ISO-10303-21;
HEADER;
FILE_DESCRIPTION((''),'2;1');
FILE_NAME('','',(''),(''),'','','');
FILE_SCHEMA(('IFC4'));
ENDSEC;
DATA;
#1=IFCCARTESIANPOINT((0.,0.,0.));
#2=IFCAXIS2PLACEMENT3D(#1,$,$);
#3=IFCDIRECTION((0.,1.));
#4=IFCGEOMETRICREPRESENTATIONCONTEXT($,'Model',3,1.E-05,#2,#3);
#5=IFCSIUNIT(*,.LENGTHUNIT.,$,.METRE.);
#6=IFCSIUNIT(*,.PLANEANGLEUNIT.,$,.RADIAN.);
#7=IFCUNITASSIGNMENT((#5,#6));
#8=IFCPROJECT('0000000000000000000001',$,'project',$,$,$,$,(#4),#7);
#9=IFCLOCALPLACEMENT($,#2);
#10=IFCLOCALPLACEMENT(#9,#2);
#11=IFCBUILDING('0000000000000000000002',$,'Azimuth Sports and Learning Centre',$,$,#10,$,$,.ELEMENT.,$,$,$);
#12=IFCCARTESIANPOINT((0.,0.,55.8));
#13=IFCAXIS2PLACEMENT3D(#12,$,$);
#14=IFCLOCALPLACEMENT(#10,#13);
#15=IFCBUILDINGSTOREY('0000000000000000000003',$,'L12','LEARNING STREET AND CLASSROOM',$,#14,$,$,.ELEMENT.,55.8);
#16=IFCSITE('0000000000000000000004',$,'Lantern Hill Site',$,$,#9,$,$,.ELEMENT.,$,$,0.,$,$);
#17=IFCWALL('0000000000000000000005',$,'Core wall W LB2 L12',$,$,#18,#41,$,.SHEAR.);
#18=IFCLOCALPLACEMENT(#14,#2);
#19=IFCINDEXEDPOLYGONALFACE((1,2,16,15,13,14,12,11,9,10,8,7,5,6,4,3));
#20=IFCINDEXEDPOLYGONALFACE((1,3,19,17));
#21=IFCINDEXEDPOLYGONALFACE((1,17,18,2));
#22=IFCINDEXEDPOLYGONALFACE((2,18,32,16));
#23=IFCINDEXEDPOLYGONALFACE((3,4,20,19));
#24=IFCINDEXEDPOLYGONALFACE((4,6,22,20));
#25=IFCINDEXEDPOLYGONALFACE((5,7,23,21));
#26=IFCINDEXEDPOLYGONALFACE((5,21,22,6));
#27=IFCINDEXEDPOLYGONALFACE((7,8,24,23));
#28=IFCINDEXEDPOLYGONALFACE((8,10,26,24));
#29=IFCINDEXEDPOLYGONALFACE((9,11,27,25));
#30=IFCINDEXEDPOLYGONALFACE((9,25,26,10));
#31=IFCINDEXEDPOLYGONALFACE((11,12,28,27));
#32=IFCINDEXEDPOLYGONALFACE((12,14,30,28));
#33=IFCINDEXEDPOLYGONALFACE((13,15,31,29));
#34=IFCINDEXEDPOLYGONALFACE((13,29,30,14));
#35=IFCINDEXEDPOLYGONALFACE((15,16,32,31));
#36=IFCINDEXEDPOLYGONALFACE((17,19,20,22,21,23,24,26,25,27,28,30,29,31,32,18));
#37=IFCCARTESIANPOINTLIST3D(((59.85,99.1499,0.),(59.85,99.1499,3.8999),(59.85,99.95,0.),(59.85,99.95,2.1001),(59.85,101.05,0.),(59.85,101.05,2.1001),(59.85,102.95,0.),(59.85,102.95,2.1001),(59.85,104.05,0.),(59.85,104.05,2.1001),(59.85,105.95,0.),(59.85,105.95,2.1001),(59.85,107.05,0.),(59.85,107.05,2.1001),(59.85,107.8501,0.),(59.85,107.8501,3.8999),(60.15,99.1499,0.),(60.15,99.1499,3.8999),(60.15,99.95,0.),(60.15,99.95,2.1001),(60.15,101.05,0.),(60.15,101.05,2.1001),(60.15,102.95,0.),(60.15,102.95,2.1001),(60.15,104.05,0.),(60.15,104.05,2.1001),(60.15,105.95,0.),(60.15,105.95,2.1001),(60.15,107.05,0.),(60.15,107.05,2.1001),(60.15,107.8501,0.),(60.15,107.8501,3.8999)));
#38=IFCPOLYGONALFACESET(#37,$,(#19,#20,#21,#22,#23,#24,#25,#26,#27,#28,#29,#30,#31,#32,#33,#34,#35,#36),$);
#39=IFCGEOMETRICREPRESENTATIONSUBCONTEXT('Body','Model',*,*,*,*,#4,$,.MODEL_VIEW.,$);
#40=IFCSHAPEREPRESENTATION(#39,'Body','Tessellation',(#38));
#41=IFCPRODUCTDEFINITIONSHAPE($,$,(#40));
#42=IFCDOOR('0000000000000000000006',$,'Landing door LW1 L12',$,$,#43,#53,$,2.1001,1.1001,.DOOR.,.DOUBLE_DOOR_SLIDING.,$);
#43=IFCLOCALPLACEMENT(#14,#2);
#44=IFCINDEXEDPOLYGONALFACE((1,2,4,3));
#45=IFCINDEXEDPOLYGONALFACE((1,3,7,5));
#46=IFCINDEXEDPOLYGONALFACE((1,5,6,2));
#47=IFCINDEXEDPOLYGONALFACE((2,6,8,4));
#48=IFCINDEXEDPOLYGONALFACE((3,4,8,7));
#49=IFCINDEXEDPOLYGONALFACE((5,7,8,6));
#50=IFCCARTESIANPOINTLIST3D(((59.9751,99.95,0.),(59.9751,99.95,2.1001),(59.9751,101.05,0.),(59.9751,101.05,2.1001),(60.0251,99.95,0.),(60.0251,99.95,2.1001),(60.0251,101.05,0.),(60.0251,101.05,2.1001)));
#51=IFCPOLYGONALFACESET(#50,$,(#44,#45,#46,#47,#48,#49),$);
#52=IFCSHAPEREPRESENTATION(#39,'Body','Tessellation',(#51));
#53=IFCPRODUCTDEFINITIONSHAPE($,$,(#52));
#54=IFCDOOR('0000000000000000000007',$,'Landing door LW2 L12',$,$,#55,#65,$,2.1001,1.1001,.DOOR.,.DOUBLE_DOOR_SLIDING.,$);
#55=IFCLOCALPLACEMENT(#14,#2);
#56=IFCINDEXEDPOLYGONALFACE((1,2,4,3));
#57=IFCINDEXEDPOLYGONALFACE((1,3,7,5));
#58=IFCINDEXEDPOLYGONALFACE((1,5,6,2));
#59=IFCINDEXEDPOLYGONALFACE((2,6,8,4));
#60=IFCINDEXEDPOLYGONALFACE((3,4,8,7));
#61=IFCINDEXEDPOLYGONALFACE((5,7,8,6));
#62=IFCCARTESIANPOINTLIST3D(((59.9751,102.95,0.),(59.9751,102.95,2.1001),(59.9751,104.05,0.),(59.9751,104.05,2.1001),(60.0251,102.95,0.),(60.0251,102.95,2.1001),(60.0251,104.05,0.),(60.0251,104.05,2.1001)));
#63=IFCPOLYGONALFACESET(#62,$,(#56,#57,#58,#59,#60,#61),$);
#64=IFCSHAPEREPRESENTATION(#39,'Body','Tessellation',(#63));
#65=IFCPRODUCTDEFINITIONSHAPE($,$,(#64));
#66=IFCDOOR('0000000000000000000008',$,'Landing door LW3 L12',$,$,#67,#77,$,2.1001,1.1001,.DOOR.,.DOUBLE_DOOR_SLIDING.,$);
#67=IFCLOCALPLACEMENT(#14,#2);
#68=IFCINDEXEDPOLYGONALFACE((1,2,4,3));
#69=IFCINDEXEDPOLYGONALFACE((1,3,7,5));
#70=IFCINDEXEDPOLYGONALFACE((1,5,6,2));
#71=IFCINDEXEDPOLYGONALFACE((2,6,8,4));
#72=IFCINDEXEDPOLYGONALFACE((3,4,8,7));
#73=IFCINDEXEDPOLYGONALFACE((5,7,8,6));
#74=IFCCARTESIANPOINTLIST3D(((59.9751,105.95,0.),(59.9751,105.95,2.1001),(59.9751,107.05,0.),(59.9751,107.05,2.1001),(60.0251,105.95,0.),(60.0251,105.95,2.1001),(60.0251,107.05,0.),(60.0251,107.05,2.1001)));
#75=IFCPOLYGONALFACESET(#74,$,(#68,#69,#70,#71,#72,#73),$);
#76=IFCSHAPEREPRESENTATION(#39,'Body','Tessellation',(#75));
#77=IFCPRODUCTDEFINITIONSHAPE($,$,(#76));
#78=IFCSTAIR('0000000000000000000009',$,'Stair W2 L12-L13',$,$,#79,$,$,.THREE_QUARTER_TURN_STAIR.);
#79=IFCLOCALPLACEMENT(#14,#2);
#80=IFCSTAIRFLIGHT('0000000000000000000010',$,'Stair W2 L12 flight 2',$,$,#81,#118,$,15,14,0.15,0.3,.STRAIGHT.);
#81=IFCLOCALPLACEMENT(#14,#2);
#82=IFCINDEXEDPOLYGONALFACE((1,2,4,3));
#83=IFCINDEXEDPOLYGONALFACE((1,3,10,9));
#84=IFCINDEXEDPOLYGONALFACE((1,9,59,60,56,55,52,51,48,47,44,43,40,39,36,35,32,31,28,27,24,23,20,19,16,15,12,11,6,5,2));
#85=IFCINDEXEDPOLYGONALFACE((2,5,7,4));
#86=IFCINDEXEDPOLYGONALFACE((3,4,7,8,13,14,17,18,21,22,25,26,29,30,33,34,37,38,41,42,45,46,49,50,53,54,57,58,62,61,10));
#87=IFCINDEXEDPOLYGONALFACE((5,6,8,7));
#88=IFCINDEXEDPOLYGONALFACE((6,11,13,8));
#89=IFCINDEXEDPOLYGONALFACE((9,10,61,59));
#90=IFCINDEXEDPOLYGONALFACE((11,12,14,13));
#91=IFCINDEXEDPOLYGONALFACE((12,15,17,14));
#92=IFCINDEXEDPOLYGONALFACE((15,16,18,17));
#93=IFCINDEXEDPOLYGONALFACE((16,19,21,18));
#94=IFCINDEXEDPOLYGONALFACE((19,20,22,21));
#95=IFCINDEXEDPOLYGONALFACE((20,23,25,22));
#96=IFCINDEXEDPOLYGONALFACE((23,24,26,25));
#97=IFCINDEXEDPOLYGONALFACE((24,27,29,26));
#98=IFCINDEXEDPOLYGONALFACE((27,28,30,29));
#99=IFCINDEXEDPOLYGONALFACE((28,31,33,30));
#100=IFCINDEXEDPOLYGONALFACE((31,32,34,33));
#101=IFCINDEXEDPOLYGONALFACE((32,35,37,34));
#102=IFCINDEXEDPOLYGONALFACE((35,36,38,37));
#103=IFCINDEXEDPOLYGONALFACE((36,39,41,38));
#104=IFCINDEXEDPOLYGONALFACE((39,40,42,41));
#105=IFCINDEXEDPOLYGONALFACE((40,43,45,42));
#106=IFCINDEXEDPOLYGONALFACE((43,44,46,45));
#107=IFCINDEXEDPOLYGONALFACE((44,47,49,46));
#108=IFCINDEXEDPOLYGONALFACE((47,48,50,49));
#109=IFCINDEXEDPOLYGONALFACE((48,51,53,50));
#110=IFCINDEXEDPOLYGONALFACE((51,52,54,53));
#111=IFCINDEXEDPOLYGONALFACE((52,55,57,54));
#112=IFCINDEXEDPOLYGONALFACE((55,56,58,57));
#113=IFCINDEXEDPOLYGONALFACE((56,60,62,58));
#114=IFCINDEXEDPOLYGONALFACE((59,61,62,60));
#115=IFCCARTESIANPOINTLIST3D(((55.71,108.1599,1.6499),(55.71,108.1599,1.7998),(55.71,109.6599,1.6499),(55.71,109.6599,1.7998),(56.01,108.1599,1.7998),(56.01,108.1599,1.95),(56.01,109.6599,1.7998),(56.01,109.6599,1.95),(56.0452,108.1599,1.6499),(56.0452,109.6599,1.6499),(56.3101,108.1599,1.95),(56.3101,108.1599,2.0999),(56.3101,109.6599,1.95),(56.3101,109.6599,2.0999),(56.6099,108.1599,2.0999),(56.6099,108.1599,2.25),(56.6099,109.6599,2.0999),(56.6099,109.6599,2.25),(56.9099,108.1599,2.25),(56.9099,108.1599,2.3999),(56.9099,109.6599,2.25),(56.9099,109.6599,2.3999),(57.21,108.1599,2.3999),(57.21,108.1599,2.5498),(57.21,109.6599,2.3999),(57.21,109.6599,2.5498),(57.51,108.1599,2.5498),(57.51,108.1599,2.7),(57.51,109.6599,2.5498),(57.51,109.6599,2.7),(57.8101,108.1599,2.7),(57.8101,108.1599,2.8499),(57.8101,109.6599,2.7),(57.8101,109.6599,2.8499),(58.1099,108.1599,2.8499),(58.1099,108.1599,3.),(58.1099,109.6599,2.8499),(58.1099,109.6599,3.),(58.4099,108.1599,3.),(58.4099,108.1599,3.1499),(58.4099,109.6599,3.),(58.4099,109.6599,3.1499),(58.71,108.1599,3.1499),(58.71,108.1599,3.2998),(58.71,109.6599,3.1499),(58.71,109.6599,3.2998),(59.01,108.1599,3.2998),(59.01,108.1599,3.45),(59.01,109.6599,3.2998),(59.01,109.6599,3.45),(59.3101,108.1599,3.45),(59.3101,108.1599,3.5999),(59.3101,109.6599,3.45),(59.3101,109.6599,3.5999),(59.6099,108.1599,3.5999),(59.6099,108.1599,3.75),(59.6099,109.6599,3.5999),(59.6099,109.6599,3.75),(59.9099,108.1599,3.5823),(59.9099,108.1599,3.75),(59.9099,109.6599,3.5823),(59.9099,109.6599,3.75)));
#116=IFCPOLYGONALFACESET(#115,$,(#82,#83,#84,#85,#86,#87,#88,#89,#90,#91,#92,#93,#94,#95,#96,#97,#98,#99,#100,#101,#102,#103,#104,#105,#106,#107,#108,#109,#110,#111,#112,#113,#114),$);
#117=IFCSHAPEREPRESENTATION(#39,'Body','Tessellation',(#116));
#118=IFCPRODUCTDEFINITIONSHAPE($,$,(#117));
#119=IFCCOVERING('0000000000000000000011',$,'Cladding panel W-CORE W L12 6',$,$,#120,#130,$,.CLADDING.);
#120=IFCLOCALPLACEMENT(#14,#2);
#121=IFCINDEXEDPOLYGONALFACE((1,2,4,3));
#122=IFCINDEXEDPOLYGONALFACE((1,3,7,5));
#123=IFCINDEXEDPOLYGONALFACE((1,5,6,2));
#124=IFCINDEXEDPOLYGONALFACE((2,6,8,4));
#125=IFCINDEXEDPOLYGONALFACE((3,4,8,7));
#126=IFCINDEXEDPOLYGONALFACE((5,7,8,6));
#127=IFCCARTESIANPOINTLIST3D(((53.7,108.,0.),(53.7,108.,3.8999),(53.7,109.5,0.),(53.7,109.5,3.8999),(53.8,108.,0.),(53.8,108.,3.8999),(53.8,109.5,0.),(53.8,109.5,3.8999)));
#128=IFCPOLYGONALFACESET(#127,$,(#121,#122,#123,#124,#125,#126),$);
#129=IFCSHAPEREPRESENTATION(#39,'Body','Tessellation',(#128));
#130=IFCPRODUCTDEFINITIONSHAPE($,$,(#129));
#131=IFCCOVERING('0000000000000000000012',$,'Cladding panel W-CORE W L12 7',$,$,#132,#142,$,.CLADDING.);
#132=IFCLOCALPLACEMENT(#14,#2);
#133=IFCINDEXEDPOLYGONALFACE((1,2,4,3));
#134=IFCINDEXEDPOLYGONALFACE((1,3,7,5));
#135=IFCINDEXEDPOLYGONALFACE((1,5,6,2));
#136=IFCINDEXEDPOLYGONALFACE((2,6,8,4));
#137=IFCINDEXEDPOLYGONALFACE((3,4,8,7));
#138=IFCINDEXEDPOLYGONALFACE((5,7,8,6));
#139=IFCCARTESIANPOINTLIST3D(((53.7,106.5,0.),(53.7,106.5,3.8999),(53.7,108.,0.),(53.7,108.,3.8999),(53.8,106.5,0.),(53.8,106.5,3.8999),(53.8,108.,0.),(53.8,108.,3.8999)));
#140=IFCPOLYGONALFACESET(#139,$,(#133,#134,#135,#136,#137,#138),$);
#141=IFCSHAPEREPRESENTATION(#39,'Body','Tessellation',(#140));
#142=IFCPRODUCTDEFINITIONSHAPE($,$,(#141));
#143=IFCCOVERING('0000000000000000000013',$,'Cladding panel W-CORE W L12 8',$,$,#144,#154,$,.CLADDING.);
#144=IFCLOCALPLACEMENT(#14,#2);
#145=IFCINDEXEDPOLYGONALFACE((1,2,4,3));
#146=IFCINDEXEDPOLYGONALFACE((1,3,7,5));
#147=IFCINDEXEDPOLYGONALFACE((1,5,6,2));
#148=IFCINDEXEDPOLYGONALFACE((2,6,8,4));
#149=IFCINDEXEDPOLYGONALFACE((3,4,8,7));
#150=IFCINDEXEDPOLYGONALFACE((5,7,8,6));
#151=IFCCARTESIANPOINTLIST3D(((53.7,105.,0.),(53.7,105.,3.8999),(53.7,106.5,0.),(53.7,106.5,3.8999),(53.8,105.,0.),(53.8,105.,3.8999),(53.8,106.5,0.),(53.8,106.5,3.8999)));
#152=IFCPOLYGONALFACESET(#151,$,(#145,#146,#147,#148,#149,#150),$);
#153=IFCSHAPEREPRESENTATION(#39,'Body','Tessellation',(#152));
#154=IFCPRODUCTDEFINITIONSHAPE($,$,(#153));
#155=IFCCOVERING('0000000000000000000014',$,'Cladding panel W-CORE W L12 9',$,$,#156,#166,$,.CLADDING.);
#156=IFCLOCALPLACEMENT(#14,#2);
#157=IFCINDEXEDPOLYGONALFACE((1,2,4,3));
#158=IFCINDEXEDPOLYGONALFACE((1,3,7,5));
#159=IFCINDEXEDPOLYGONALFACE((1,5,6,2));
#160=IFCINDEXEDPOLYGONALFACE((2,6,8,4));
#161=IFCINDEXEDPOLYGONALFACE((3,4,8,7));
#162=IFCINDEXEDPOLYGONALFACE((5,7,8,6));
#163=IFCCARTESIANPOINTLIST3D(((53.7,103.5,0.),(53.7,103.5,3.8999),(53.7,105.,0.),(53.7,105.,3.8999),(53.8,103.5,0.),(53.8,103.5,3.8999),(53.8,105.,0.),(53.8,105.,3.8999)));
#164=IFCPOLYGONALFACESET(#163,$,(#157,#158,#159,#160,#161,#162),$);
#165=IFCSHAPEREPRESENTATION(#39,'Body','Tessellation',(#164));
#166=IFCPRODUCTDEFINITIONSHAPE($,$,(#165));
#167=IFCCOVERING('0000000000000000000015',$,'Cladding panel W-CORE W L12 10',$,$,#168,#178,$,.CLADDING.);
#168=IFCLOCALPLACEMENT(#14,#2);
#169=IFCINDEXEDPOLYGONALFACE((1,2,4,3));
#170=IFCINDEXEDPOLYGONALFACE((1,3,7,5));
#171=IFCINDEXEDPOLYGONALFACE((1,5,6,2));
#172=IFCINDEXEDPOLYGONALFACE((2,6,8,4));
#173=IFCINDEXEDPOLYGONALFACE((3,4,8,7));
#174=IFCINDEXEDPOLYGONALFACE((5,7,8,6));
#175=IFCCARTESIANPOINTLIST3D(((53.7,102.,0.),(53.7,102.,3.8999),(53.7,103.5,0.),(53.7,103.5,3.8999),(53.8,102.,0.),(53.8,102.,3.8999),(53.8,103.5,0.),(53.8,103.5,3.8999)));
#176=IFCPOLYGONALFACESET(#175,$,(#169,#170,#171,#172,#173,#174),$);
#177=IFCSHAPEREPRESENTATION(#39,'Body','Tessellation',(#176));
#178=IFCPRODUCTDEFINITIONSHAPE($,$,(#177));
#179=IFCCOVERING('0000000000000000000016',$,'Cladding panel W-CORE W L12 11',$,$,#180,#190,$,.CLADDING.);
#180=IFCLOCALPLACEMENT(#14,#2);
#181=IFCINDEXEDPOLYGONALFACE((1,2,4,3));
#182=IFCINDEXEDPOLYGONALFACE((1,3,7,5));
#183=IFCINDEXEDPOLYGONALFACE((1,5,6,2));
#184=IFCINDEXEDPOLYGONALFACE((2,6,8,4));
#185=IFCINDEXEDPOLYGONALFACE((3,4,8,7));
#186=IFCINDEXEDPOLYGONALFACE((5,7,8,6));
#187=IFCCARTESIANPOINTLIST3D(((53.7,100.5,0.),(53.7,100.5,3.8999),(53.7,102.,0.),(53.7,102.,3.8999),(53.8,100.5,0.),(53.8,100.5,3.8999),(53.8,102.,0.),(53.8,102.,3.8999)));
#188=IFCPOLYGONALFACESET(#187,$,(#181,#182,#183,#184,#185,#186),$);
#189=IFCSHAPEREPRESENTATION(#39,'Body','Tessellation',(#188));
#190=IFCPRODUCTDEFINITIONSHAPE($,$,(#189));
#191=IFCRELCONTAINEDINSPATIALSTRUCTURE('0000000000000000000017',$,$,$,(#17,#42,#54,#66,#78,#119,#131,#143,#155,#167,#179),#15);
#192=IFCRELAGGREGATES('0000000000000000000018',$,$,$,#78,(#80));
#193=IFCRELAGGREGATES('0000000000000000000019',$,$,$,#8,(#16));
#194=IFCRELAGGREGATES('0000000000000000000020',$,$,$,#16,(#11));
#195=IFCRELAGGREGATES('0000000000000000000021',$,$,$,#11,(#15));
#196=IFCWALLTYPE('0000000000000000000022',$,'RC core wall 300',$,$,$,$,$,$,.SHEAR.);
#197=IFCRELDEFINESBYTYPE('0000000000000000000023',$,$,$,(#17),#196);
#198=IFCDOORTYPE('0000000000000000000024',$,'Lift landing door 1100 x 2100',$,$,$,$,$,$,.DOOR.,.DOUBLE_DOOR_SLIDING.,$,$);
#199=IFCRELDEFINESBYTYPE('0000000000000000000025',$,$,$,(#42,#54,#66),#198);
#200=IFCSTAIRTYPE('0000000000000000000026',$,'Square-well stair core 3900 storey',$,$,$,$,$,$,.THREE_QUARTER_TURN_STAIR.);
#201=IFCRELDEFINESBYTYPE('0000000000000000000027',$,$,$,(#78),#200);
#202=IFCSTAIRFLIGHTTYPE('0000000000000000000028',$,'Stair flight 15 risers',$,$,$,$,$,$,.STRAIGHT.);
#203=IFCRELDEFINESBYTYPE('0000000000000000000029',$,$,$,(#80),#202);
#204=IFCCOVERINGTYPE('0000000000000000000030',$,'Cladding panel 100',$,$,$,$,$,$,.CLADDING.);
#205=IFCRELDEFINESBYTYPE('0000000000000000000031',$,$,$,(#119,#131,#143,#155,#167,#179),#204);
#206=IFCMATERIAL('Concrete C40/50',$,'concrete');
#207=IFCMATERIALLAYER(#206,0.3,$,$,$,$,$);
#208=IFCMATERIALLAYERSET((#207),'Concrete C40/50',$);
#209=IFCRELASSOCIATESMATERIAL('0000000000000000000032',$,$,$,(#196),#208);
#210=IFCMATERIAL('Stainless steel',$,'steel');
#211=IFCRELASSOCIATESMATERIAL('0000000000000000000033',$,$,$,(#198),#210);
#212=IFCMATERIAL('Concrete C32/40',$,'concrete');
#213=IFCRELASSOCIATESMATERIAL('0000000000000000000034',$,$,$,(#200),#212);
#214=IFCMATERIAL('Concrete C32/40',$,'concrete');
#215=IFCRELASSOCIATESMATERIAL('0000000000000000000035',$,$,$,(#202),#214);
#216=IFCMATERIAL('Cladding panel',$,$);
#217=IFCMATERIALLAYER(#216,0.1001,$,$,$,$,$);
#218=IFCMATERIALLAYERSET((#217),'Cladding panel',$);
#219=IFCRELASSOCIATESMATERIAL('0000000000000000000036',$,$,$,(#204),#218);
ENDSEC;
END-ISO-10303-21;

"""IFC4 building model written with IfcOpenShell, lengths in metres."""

from ifc_helpers import new_model, si_unit, direction, frame, frame_2d, origin, origin_2d, place, context, subcontext, project, spatial, polyline, rectangle, outline, extrude, material, layer, layer_set, type_object, element, fill, aggregate, save


model = new_model("IFC4")

# Units and contexts
model_context = context("Model", 3, precision=1e-05, world=origin(), true_north=direction((0.0, 1.0)))
body_context = subcontext(model_context, "Body", "Model", "MODEL_VIEW")
ifc_project = project(units=[si_unit("LENGTHUNIT", "METRE"), si_unit("PLANEANGLEUNIT", "RADIAN")], contexts=[model_context])

# Site, building, storey
site_placement = place(None, origin())
site = spatial("IfcSite", under=ifc_project, at=site_placement, Name="Lantern Hill Site", CompositionType="ELEMENT", RefElevation=0.0)
building_placement = place(site_placement, origin())
building = spatial("IfcBuilding", under=site, at=building_placement, Name="Azimuth Sports and Learning Centre", CompositionType="ELEMENT")
storey_placement = place(building_placement, frame((0.0, 0.0, 55.8)))
storey = spatial("IfcBuildingStorey", under=building, at=storey_placement, Name="L12", Description="LEARNING STREET AND CLASSROOM", CompositionType="ELEMENT", Elevation=55.8)

# Shared definitions
ifc_material_1 = material(Name="Concrete C40/50", Category="concrete")
ifc_layer_1 = layer(ifc_material_1, 0.3)
ifc_layer_set_1 = layer_set([ifc_layer_1], Name="Concrete C40/50")
wall_type_1 = type_object("IfcWallType", Name="RC core wall 300", PredefinedType="SHEAR", material=ifc_layer_set_1)

# Wall, openings, doors
wall_1_placement = place(storey_placement, frame((60.0, 99.1499, 0.0), z_axis=(0.0, 0.0, 1.0), x_axis=(0.0, 1.0, 0.0)))
wall_1 = element("IfcWall", 1, at=wall_1_placement, inside=storey, type_object=wall_type_1, Name="Core wall W LB2 L12", PredefinedType="SHEAR", context=body_context, shape_type="SweptSolid", body=[
    extrude(rectangle(XDim=8.7002, YDim=0.3, at=frame_2d((4.3501, 0.0))), origin(), (0.0, 0.0, 1.0), 3.8999),
])
opening_1_placement = place(wall_1_placement, frame((0.8, 0.0, 0.0)))
opening_1 = element("IfcOpeningElement", 2, at=opening_1_placement, cuts=wall_1, PredefinedType="OPENING", context=body_context, shape_type="SweptSolid", body=[
    extrude(rectangle(XDim=1.1001, YDim=2.1001, at=frame_2d((0.55, 1.05))), frame((0.0, 0.1611, 0.0), z_axis=(0.0, -1.0, 0.0), x_axis=(1.0, 0.0, 0.0)), (0.0, 0.0, 1.0), 0.322),
])
opening_2_placement = place(wall_1_placement, frame((3.8, 0.0, 0.0)))
opening_2 = element("IfcOpeningElement", 3, at=opening_2_placement, cuts=wall_1, PredefinedType="OPENING", context=body_context, shape_type="SweptSolid", body=[
    extrude(rectangle(XDim=1.1001, YDim=2.1001, at=frame_2d((0.55, 1.05))), frame((0.0, 0.1611, 0.0), z_axis=(0.0, -1.0, 0.0), x_axis=(1.0, 0.0, 0.0)), (0.0, 0.0, 1.0), 0.322),
])
opening_3_placement = place(wall_1_placement, frame((6.8, 0.0, 0.0)))
opening_3 = element("IfcOpeningElement", 4, at=opening_3_placement, cuts=wall_1, PredefinedType="OPENING", context=body_context, shape_type="SweptSolid", body=[
    extrude(rectangle(XDim=1.1001, YDim=2.1001, at=frame_2d((0.55, 1.05))), frame((0.0, 0.1611, 0.0), z_axis=(0.0, -1.0, 0.0), x_axis=(1.0, 0.0, 0.0)), (0.0, 0.0, 1.0), 0.322),
])
ifc_material_2 = material(Name="Stainless steel", Category="steel")
door_type_1 = type_object("IfcDoorType", Name="Lift landing door 1100 x 2100", OperationType="DOUBLE_DOOR_SLIDING", PredefinedType="DOOR", material=ifc_material_2)
door_1_placement = place(opening_1_placement, origin())
door_1 = element("IfcDoor", 5, at=door_1_placement, inside=storey, type_object=door_type_1, Name="Landing door LW1 L12", OperationType="DOUBLE_DOOR_SLIDING", OverallHeight=2.1001, OverallWidth=1.1001, PredefinedType="DOOR", context=body_context, shape_type="SweptSolid", body=[
    extrude(rectangle(XDim=1.1001, YDim=2.1001, at=frame_2d((0.55, 1.05))), frame((0.0, 0.0249, 0.0), z_axis=(0.0, -1.0, 0.0), x_axis=(1.0, 0.0, 0.0)), (0.0, 0.0, 1.0), 0.05),
])
fill(opening_1, door_1)
door_2_placement = place(opening_2_placement, origin())
door_2 = element("IfcDoor", 6, at=door_2_placement, inside=storey, type_object=door_type_1, Name="Landing door LW2 L12", OperationType="DOUBLE_DOOR_SLIDING", OverallHeight=2.1001, OverallWidth=1.1001, PredefinedType="DOOR", context=body_context, shape_type="SweptSolid", body=[
    extrude(rectangle(XDim=1.1001, YDim=2.1001, at=frame_2d((0.55, 1.05))), frame((0.0, 0.0249, 0.0), z_axis=(0.0, -1.0, 0.0), x_axis=(1.0, 0.0, 0.0)), (0.0, 0.0, 1.0), 0.05),
])
fill(opening_2, door_2)
door_3_placement = place(opening_3_placement, origin())
door_3 = element("IfcDoor", 7, at=door_3_placement, inside=storey, type_object=door_type_1, Name="Landing door LW3 L12", OperationType="DOUBLE_DOOR_SLIDING", OverallHeight=2.1001, OverallWidth=1.1001, PredefinedType="DOOR", context=body_context, shape_type="SweptSolid", body=[
    extrude(rectangle(XDim=1.1001, YDim=2.1001, at=frame_2d((0.55, 1.05))), frame((0.0, 0.0249, 0.0), z_axis=(0.0, -1.0, 0.0), x_axis=(1.0, 0.0, 0.0)), (0.0, 0.0, 1.0), 0.05),
])
fill(opening_3, door_3)

# Stair, stair flight
ifc_material_3 = material(Name="Concrete C32/40", Category="concrete")
stair_type = type_object("IfcStairType", Name="Square-well stair core 3900 storey", PredefinedType="THREE_QUARTER_TURN_STAIR", material=ifc_material_3)
stair_placement = place(storey_placement, origin())
stair = element("IfcStair", 8, at=stair_placement, inside=storey, type_object=stair_type, Name="Stair W2 L12-L13", PredefinedType="THREE_QUARTER_TURN_STAIR")
ifc_material_4 = material(Name="Concrete C32/40", Category="concrete")
stair_flight_type = type_object("IfcStairFlightType", Name="Stair flight 15 risers", PredefinedType="STRAIGHT", material=ifc_material_4)
stair_flight_placement = place(storey_placement, frame((55.71, 108.9099, 1.6499), z_axis=(0.0, 0.0, 1.0), x_axis=(1.0, 0.0, 0.0)))
stair_flight = element("IfcStairFlight", 9, at=stair_flight_placement, type_object=stair_flight_type, Name="Stair W2 L12 flight 2", NumberOfRisers=15, NumberOfTreads=14, PredefinedType="STRAIGHT", RiserHeight=0.15, TreadLength=0.3, context=body_context, shape_type="SweptSolid", body=[
    extrude(outline(polyline([(0.0, 0.0), (0.0, 0.1499), (0.3, 0.1499), (0.3, 0.3), (0.6001, 0.3), (0.6001, 0.45), (0.8999, 0.45), (0.8999, 0.6001), (1.2, 0.6001), (1.2, 0.75), (1.5, 0.75), (1.5, 0.8999), (1.8, 0.8999), (1.8, 1.05), (2.1001, 1.05), (2.1001, 1.2), (2.3999, 1.2), (2.3999, 1.3501), (2.7, 1.3501), (2.7, 1.5), (3.0, 1.5), (3.0, 1.6499), (3.3, 1.6499), (3.3, 1.8), (3.6001, 1.8), (3.6001, 1.95), (3.8999, 1.95), (3.8999, 2.1001), (4.2, 2.1001), (4.2, 2.25), (4.2, 1.9324), (0.3352, 0.0), (0.0, 0.0)])), frame((0.0, 0.75, 0.0), z_axis=(0.0, -1.0, 0.0), x_axis=(1.0, 0.0, 0.0)), (0.0, 0.0, 1.0), 1.5),
])
aggregate(stair, [stair_flight])

# Coverings
ifc_material_5 = material(Name="Cladding panel")
ifc_layer_2 = layer(ifc_material_5, 0.1001)
ifc_layer_set_2 = layer_set([ifc_layer_2], Name="Cladding panel")
covering_type = type_object("IfcCoveringType", Name="Cladding panel 100", PredefinedType="CLADDING", material=ifc_layer_set_2)
for number, where, z_axis, x_axis, name in (
    (10, (53.75, 108.75, 0.0), (0.0, 0.0, 1.0), (0.0, -1.0, 0.0), "Cladding panel W-CORE W L12 6"),
    (11, (53.75, 107.25, 0.0), (0.0, 0.0, 1.0), (0.0, -1.0, 0.0), "Cladding panel W-CORE W L12 7"),
    (12, (53.75, 105.75, 0.0), (0.0, 0.0, 1.0), (0.0, -1.0, 0.0), "Cladding panel W-CORE W L12 8"),
    (13, (53.75, 104.25, 0.0), (0.0, 0.0, 1.0), (0.0, -1.0, 0.0), "Cladding panel W-CORE W L12 9"),
    (14, (53.75, 102.75, 0.0), (0.0, 0.0, 1.0), (0.0, -1.0, 0.0), "Cladding panel W-CORE W L12 10"),
    (15, (53.75, 101.25, 0.0), (0.0, 0.0, 1.0), (0.0, -1.0, 0.0), "Cladding panel W-CORE W L12 11"),
):
    element("IfcCovering", number, at=place(storey_placement, frame(where, z_axis=z_axis, x_axis=x_axis)), inside=storey, type_object=covering_type, Name=name, PredefinedType="CLADDING", context=body_context, shape_type="SweptSolid", body=[
        extrude(rectangle(XDim=1.5, YDim=0.1001, at=origin_2d()), origin(), (0.0, 0.0, 1.0), 3.8999),
    ])

save(model, "model.ifc")
